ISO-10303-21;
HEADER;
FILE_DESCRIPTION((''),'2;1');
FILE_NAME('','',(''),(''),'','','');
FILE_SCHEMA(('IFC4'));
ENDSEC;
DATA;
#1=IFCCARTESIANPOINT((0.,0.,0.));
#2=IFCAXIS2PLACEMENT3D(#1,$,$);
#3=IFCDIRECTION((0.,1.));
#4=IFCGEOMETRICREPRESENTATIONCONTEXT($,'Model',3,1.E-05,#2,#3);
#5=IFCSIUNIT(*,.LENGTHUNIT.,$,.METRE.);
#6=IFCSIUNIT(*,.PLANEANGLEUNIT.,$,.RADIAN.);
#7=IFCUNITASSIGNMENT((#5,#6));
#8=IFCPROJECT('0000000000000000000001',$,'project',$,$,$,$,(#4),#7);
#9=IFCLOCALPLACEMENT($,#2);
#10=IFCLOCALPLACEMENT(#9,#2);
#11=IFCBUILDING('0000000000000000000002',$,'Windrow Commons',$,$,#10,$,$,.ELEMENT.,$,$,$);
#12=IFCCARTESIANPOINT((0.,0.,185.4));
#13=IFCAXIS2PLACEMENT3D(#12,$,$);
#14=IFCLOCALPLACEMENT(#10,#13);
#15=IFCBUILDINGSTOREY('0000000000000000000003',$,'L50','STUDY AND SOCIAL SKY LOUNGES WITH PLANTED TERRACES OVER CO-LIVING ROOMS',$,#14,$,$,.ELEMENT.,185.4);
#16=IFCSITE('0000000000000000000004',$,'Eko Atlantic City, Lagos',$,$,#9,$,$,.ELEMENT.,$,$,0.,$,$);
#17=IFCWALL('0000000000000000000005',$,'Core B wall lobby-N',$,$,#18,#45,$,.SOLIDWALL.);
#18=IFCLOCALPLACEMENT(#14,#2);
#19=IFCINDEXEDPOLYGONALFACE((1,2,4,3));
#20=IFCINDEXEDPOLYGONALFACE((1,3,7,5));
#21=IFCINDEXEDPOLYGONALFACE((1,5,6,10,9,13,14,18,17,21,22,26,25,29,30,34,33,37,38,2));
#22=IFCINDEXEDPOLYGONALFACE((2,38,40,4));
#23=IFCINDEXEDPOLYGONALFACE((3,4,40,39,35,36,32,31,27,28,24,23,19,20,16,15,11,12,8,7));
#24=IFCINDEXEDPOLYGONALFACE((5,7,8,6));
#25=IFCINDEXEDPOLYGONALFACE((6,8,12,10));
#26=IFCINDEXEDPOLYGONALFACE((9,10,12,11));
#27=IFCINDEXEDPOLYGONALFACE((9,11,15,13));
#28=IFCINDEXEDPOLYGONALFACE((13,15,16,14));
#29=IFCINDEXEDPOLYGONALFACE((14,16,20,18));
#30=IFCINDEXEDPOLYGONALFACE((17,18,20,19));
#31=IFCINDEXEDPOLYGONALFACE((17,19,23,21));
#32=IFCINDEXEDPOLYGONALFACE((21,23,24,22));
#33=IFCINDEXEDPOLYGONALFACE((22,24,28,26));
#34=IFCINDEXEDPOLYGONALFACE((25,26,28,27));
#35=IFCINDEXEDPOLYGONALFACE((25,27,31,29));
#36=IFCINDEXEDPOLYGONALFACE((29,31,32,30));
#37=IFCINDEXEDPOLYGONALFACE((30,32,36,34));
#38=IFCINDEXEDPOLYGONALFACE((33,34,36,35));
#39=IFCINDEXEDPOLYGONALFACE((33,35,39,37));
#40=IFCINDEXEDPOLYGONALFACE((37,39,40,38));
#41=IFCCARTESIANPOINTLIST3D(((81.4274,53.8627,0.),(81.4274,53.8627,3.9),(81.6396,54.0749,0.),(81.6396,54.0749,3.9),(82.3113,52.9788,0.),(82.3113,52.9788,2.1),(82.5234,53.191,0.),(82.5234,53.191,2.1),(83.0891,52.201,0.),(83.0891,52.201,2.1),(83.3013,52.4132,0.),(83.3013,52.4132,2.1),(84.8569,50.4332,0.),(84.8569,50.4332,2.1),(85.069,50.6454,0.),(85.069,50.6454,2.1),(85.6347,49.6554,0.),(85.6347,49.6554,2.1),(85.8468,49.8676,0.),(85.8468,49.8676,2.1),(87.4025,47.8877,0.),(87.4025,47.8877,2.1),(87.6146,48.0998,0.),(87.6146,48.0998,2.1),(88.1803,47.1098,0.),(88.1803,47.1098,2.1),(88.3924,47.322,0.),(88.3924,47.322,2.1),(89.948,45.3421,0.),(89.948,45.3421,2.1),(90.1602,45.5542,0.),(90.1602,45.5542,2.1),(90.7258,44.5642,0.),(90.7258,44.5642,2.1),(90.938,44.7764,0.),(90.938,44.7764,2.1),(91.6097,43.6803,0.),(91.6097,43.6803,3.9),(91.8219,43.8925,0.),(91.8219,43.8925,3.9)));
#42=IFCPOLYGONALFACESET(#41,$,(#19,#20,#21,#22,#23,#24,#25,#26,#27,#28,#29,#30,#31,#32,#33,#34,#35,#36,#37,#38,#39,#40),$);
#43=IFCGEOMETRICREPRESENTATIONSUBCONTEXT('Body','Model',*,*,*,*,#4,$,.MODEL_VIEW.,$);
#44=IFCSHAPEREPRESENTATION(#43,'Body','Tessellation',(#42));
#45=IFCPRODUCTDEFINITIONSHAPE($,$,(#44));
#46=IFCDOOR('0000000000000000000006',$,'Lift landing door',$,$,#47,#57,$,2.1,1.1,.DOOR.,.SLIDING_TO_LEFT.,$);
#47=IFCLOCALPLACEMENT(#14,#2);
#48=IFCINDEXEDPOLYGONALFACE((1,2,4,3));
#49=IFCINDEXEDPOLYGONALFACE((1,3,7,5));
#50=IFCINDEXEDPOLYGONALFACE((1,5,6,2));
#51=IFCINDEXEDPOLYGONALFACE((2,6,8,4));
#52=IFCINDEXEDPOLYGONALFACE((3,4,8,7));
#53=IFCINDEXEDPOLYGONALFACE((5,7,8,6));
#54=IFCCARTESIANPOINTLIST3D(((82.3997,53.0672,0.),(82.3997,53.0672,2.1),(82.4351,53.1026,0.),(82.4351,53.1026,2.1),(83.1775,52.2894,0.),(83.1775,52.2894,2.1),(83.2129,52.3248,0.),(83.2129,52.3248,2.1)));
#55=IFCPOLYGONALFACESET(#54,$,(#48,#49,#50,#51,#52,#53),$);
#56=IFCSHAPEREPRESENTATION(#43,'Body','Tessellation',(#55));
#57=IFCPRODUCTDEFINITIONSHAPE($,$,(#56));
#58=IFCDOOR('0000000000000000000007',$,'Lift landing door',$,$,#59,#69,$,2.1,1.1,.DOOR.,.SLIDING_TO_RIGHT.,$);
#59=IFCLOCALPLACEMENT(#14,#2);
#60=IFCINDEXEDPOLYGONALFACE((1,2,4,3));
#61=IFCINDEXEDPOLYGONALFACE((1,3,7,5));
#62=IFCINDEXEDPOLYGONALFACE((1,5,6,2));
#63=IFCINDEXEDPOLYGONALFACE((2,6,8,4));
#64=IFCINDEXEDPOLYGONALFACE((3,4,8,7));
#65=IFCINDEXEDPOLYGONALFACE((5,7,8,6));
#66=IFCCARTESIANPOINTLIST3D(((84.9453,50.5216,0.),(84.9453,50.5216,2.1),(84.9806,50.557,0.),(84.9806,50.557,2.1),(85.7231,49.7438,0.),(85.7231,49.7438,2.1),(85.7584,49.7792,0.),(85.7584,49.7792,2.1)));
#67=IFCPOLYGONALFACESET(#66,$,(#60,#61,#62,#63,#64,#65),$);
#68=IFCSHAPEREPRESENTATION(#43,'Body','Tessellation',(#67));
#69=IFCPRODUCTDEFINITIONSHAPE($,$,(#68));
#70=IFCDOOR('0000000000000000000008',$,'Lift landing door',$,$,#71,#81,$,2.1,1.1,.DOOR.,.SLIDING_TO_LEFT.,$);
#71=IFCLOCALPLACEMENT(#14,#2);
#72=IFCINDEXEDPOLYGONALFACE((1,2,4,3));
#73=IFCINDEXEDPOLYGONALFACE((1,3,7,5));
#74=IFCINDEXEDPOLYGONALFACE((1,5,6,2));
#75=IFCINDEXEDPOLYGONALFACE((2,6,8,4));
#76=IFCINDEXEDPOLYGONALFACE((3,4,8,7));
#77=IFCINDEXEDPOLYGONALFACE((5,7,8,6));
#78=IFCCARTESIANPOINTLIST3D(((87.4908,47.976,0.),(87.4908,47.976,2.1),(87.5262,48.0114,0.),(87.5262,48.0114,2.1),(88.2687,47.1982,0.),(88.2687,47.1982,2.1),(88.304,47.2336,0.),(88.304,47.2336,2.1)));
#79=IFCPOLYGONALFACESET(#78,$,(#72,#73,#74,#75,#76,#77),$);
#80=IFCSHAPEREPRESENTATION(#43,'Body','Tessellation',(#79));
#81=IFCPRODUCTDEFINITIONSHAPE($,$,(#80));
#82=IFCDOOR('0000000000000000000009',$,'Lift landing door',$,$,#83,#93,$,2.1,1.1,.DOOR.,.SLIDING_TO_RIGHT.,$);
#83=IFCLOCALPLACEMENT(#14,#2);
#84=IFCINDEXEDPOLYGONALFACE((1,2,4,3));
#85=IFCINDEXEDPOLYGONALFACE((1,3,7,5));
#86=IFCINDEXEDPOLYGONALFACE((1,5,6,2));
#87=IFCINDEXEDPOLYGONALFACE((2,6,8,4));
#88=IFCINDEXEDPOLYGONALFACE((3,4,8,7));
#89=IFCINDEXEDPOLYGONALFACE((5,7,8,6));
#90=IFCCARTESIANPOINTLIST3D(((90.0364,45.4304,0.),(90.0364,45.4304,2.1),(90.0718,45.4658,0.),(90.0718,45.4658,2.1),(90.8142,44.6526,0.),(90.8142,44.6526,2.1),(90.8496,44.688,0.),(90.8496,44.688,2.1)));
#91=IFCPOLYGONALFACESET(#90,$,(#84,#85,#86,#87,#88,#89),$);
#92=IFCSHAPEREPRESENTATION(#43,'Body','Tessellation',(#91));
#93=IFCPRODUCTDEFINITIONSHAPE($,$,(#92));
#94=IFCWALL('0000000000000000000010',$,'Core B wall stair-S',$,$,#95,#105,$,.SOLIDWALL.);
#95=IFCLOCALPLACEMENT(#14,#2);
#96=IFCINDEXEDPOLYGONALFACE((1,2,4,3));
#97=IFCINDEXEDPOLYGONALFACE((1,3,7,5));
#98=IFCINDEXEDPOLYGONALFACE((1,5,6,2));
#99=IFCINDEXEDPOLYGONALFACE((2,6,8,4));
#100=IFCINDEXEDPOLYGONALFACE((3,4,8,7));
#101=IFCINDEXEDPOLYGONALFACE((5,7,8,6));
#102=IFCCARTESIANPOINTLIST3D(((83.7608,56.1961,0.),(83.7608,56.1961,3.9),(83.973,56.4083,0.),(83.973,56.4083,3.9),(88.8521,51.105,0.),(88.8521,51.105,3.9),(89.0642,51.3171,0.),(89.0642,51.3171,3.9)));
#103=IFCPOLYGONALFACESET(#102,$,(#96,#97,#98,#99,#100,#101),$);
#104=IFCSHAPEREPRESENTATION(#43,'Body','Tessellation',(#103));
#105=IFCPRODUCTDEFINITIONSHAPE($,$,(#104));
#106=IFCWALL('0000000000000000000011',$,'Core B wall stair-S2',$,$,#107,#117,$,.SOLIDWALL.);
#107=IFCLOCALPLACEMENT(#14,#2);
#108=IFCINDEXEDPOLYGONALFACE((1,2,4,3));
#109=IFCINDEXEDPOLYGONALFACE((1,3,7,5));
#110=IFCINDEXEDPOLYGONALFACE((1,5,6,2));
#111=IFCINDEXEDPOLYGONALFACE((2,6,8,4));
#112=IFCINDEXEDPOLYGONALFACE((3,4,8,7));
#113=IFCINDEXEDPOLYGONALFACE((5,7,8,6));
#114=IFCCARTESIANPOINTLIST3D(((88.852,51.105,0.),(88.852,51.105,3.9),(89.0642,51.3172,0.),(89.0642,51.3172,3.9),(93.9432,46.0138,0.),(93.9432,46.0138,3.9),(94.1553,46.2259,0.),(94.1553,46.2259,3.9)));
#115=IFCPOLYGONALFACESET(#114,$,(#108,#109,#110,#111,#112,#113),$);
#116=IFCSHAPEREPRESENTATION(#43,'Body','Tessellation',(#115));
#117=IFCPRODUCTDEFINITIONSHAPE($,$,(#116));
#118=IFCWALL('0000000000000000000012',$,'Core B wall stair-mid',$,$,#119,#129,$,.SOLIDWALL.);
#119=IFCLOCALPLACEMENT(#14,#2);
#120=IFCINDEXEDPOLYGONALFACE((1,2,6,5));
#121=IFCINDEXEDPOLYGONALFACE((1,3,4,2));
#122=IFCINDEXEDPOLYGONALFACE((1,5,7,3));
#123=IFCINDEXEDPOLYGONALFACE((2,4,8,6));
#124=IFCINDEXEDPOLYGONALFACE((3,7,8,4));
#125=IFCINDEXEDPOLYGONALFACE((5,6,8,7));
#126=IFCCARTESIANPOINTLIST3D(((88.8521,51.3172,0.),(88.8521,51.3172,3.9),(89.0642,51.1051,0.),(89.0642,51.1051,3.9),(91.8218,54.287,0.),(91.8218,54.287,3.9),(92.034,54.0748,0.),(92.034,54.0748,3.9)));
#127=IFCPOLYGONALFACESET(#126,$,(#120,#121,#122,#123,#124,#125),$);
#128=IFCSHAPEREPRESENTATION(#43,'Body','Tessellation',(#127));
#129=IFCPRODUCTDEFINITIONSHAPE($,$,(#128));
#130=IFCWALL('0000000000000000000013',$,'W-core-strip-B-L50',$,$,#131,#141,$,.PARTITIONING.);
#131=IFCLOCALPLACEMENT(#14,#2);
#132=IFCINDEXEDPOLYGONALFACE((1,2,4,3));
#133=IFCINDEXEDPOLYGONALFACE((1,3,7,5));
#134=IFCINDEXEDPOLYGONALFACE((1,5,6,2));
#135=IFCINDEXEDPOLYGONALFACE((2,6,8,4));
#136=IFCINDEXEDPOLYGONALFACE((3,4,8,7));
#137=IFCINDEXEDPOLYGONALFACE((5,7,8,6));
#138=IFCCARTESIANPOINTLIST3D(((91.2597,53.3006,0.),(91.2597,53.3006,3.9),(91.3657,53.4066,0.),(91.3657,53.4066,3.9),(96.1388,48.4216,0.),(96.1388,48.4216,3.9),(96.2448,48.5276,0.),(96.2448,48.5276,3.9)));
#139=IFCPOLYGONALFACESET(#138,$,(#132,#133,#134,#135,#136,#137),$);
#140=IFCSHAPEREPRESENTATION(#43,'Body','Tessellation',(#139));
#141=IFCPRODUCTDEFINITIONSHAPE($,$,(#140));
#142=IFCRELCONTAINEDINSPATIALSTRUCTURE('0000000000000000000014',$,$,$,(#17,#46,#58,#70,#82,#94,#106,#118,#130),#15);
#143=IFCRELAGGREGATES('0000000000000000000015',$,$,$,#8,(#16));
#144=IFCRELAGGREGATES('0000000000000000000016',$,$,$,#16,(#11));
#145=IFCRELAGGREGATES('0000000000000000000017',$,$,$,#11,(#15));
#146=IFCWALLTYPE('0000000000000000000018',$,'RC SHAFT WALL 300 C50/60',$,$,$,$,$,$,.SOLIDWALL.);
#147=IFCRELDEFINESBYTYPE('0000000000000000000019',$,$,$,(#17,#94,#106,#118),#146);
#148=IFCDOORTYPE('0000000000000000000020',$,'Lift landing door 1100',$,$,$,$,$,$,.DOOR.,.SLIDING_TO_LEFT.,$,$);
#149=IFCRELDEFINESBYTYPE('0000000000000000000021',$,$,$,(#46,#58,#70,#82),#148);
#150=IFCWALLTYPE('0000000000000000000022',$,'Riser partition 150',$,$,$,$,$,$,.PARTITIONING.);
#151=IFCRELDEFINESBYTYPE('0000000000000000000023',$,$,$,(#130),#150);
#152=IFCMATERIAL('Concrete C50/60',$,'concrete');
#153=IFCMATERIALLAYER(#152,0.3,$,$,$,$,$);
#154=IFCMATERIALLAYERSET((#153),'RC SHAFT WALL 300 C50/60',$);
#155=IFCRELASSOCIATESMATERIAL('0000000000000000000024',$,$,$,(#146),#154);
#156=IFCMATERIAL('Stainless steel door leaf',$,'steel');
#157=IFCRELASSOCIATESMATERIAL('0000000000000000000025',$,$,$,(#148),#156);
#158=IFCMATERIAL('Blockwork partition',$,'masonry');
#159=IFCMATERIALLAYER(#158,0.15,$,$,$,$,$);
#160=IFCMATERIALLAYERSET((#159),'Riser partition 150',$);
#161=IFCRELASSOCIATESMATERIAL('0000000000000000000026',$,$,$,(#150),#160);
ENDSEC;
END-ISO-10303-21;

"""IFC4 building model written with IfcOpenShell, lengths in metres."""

from ifc_helpers import new_model, si_unit, direction, frame, frame_2d, origin, place, context, subcontext, project, spatial, rectangle, extrude, material, layer, layer_set, type_object, element, fill, save


model = new_model("IFC4")

# Units and contexts
model_context = context("Model", 3, precision=1e-05, world=origin(), true_north=direction((0.0, 1.0)))
body_context = subcontext(model_context, "Body", "Model", "MODEL_VIEW")
ifc_project = project(units=[si_unit("LENGTHUNIT", "METRE"), si_unit("PLANEANGLEUNIT", "RADIAN")], contexts=[model_context])

# Site, building, storey
site_placement = place(None, origin())
site = spatial("IfcSite", under=ifc_project, at=site_placement, Name="Eko Atlantic City, Lagos", CompositionType="ELEMENT", RefElevation=0.0)
building_placement = place(site_placement, origin())
building = spatial("IfcBuilding", under=site, at=building_placement, Name="Windrow Commons", CompositionType="ELEMENT")
storey_placement = place(building_placement, frame((0.0, 0.0, 185.4)))
storey = spatial("IfcBuildingStorey", under=building, at=storey_placement, Name="L50", Description="STUDY AND SOCIAL SKY LOUNGES WITH PLANTED TERRACES OVER CO-LIVING ROOMS", CompositionType="ELEMENT", Elevation=185.4)

# Shared definitions
ifc_material_1 = material(Name="Concrete C50/60", Category="concrete")
ifc_layer_1 = layer(ifc_material_1, 0.3)
ifc_layer_set_1 = layer_set([ifc_layer_1], Name="RC SHAFT WALL 300 C50/60")
wall_type_1 = type_object("IfcWallType", Name="RC SHAFT WALL 300 C50/60", PredefinedType="SOLIDWALL", material=ifc_layer_set_1)

# Wall, openings, doors
ifc_material_2 = material(Name="Stainless steel door leaf", Category="steel")
door_type_1 = type_object("IfcDoorType", Name="Lift landing door 1100", OperationType="SLIDING_TO_LEFT", PredefinedType="DOOR", material=ifc_material_2)
wall_1_placement = place(storey_placement, frame((81.5335, 53.9688, 0.0), z_axis=(0.0, 0.0, 1.0), x_axis=(0.707103, -0.70711, 0.0)))
wall_1 = element("IfcWall", 1, at=wall_1_placement, inside=storey, type_object=wall_type_1, Name="Core B wall lobby-N", PredefinedType="SOLIDWALL", context=body_context, shape_type="SweptSolid", body=[
    extrude(rectangle(XDim=14.4, YDim=0.3, at=frame_2d((7.2, 0.0))), origin(), (0.0, 0.0, 1.0), 3.9),
])
opening_1_placement = place(wall_1_placement, frame((1.25, 0.0, 0.0)))
opening_1 = element("IfcOpeningElement", 2, at=opening_1_placement, cuts=wall_1, PredefinedType="OPENING", context=body_context, shape_type="SweptSolid", body=[
    extrude(rectangle(XDim=1.1, YDim=2.1, at=frame_2d((0.55, 1.05))), frame((0.0, 0.16, 0.0), z_axis=(0.0, -1.0, 0.0), x_axis=(1.0, 0.0, 0.0)), (0.0, 0.0, 1.0), 0.32),
])
opening_2_placement = place(wall_1_placement, frame((4.85, 0.0, 0.0)))
opening_2 = element("IfcOpeningElement", 3, at=opening_2_placement, cuts=wall_1, PredefinedType="OPENING", context=body_context, shape_type="SweptSolid", body=[
    extrude(rectangle(XDim=1.1, YDim=2.1, at=frame_2d((0.55, 1.05))), frame((0.0, 0.16, 0.0), z_axis=(0.0, -1.0, 0.0), x_axis=(1.0, 0.0, 0.0)), (0.0, 0.0, 1.0), 0.32),
])
opening_3_placement = place(wall_1_placement, frame((8.45, 0.0, 0.0)))
opening_3 = element("IfcOpeningElement", 4, at=opening_3_placement, cuts=wall_1, PredefinedType="OPENING", context=body_context, shape_type="SweptSolid", body=[
    extrude(rectangle(XDim=1.1, YDim=2.1, at=frame_2d((0.55, 1.05))), frame((0.0, 0.16, 0.0), z_axis=(0.0, -1.0, 0.0), x_axis=(1.0, 0.0, 0.0)), (0.0, 0.0, 1.0), 0.32),
])
opening_4_placement = place(wall_1_placement, frame((12.05, 0.0, 0.0)))
opening_4 = element("IfcOpeningElement", 5, at=opening_4_placement, cuts=wall_1, PredefinedType="OPENING", context=body_context, shape_type="SweptSolid", body=[
    extrude(rectangle(XDim=1.1, YDim=2.1, at=frame_2d((0.55, 1.05))), frame((0.0, 0.16, 0.0), z_axis=(0.0, -1.0, 0.0), x_axis=(1.0, 0.0, 0.0)), (0.0, 0.0, 1.0), 0.32),
])
door_1_placement = place(opening_1_placement, origin())
door_1 = element("IfcDoor", 6, at=door_1_placement, inside=storey, type_object=door_type_1, Name="Lift landing door", OperationType="SLIDING_TO_LEFT", OverallHeight=2.1, OverallWidth=1.1, PredefinedType="DOOR", context=body_context, shape_type="SweptSolid", body=[
    extrude(rectangle(XDim=1.1, YDim=2.1, at=frame_2d((0.55, 1.05))), frame((0.0, 0.025, 0.0), z_axis=(0.0, -1.0, 0.0), x_axis=(1.0, 0.0, 0.0)), (0.0, 0.0, 1.0), 0.05),
])
fill(opening_1, door_1)
door_2_placement = place(opening_2_placement, origin())
door_2 = element("IfcDoor", 7, at=door_2_placement, inside=storey, type_object=door_type_1, Name="Lift landing door", OperationType="SLIDING_TO_RIGHT", OverallHeight=2.1, OverallWidth=1.1, PredefinedType="DOOR", context=body_context, shape_type="SweptSolid", body=[
    extrude(rectangle(XDim=1.1, YDim=2.1, at=frame_2d((0.55, 1.05))), frame((0.0, 0.025, 0.0), z_axis=(0.0, -1.0, 0.0), x_axis=(1.0, 0.0, 0.0)), (0.0, 0.0, 1.0), 0.05),
])
fill(opening_2, door_2)
door_3_placement = place(opening_3_placement, origin())
door_3 = element("IfcDoor", 8, at=door_3_placement, inside=storey, type_object=door_type_1, Name="Lift landing door", OperationType="SLIDING_TO_LEFT", OverallHeight=2.1, OverallWidth=1.1, PredefinedType="DOOR", context=body_context, shape_type="SweptSolid", body=[
    extrude(rectangle(XDim=1.1, YDim=2.1, at=frame_2d((0.55, 1.05))), frame((0.0, 0.025, 0.0), z_axis=(0.0, -1.0, 0.0), x_axis=(1.0, 0.0, 0.0)), (0.0, 0.0, 1.0), 0.05),
])
fill(opening_3, door_3)
door_4_placement = place(opening_4_placement, origin())
door_4 = element("IfcDoor", 9, at=door_4_placement, inside=storey, type_object=door_type_1, Name="Lift landing door", OperationType="SLIDING_TO_RIGHT", OverallHeight=2.1, OverallWidth=1.1, PredefinedType="DOOR", context=body_context, shape_type="SweptSolid", body=[
    extrude(rectangle(XDim=1.1, YDim=2.1, at=frame_2d((0.55, 1.05))), frame((0.0, 0.025, 0.0), z_axis=(0.0, -1.0, 0.0), x_axis=(1.0, 0.0, 0.0)), (0.0, 0.0, 1.0), 0.05),
])
fill(opening_4, door_4)

# Walls
for number, where, z_axis, x_axis, name in (
    (10, (83.8669, 56.3022, 0.0), (0.0, 0.0, 1.0), (0.707114, -0.7071, 0.0), "Core B wall stair-S"),
    (11, (88.9581, 51.2111, 0.0), (0.0, 0.0, 1.0), (0.7071, -0.707114, 0.0), "Core B wall stair-S2"),
):
    element("IfcWall", number, at=place(storey_placement, frame(where, z_axis=z_axis, x_axis=x_axis)), inside=storey, type_object=wall_type_1, Name=name, PredefinedType="SOLIDWALL", context=body_context, shape_type="SweptSolid", body=[
        extrude(rectangle(XDim=7.2, YDim=0.3, at=frame_2d((3.6, 0.0))), origin(), (0.0, 0.0, 1.0), 3.9),
    ])
wall_2_placement = place(storey_placement, frame((88.9581, 51.2111, 0.0), z_axis=(0.0, 0.0, 1.0), x_axis=(0.707107, 0.707107, 0.0)))
element("IfcWall", 12, at=wall_2_placement, inside=storey, type_object=wall_type_1, Name="Core B wall stair-mid", PredefinedType="SOLIDWALL", context=body_context, shape_type="SweptSolid", body=[
    extrude(rectangle(XDim=4.1999, YDim=0.3, at=frame_2d((2.1, 0.0))), origin(), (0.0, 0.0, 1.0), 3.9),
])
ifc_material_3 = material(Name="Blockwork partition", Category="masonry")
ifc_layer_2 = layer(ifc_material_3, 0.15)
ifc_layer_set_2 = layer_set([ifc_layer_2], Name="Riser partition 150")
wall_type_2 = type_object("IfcWallType", Name="Riser partition 150", PredefinedType="PARTITIONING", material=ifc_layer_set_2)
wall_3_placement = place(storey_placement, frame((91.3127, 53.3536, 0.0), z_axis=(0.0, 0.0, 1.0), x_axis=(0.707114, -0.7071, 0.0)))
element("IfcWall", 13, at=wall_3_placement, inside=storey, type_object=wall_type_2, Name="W-core-strip-B-L50", PredefinedType="PARTITIONING", context=body_context, shape_type="SweptSolid", body=[
    extrude(rectangle(XDim=6.9, YDim=0.15, at=frame_2d((3.45, 0.0))), origin(), (0.0, 0.0, 1.0), 3.9),
])

save(model, "model.ifc")
